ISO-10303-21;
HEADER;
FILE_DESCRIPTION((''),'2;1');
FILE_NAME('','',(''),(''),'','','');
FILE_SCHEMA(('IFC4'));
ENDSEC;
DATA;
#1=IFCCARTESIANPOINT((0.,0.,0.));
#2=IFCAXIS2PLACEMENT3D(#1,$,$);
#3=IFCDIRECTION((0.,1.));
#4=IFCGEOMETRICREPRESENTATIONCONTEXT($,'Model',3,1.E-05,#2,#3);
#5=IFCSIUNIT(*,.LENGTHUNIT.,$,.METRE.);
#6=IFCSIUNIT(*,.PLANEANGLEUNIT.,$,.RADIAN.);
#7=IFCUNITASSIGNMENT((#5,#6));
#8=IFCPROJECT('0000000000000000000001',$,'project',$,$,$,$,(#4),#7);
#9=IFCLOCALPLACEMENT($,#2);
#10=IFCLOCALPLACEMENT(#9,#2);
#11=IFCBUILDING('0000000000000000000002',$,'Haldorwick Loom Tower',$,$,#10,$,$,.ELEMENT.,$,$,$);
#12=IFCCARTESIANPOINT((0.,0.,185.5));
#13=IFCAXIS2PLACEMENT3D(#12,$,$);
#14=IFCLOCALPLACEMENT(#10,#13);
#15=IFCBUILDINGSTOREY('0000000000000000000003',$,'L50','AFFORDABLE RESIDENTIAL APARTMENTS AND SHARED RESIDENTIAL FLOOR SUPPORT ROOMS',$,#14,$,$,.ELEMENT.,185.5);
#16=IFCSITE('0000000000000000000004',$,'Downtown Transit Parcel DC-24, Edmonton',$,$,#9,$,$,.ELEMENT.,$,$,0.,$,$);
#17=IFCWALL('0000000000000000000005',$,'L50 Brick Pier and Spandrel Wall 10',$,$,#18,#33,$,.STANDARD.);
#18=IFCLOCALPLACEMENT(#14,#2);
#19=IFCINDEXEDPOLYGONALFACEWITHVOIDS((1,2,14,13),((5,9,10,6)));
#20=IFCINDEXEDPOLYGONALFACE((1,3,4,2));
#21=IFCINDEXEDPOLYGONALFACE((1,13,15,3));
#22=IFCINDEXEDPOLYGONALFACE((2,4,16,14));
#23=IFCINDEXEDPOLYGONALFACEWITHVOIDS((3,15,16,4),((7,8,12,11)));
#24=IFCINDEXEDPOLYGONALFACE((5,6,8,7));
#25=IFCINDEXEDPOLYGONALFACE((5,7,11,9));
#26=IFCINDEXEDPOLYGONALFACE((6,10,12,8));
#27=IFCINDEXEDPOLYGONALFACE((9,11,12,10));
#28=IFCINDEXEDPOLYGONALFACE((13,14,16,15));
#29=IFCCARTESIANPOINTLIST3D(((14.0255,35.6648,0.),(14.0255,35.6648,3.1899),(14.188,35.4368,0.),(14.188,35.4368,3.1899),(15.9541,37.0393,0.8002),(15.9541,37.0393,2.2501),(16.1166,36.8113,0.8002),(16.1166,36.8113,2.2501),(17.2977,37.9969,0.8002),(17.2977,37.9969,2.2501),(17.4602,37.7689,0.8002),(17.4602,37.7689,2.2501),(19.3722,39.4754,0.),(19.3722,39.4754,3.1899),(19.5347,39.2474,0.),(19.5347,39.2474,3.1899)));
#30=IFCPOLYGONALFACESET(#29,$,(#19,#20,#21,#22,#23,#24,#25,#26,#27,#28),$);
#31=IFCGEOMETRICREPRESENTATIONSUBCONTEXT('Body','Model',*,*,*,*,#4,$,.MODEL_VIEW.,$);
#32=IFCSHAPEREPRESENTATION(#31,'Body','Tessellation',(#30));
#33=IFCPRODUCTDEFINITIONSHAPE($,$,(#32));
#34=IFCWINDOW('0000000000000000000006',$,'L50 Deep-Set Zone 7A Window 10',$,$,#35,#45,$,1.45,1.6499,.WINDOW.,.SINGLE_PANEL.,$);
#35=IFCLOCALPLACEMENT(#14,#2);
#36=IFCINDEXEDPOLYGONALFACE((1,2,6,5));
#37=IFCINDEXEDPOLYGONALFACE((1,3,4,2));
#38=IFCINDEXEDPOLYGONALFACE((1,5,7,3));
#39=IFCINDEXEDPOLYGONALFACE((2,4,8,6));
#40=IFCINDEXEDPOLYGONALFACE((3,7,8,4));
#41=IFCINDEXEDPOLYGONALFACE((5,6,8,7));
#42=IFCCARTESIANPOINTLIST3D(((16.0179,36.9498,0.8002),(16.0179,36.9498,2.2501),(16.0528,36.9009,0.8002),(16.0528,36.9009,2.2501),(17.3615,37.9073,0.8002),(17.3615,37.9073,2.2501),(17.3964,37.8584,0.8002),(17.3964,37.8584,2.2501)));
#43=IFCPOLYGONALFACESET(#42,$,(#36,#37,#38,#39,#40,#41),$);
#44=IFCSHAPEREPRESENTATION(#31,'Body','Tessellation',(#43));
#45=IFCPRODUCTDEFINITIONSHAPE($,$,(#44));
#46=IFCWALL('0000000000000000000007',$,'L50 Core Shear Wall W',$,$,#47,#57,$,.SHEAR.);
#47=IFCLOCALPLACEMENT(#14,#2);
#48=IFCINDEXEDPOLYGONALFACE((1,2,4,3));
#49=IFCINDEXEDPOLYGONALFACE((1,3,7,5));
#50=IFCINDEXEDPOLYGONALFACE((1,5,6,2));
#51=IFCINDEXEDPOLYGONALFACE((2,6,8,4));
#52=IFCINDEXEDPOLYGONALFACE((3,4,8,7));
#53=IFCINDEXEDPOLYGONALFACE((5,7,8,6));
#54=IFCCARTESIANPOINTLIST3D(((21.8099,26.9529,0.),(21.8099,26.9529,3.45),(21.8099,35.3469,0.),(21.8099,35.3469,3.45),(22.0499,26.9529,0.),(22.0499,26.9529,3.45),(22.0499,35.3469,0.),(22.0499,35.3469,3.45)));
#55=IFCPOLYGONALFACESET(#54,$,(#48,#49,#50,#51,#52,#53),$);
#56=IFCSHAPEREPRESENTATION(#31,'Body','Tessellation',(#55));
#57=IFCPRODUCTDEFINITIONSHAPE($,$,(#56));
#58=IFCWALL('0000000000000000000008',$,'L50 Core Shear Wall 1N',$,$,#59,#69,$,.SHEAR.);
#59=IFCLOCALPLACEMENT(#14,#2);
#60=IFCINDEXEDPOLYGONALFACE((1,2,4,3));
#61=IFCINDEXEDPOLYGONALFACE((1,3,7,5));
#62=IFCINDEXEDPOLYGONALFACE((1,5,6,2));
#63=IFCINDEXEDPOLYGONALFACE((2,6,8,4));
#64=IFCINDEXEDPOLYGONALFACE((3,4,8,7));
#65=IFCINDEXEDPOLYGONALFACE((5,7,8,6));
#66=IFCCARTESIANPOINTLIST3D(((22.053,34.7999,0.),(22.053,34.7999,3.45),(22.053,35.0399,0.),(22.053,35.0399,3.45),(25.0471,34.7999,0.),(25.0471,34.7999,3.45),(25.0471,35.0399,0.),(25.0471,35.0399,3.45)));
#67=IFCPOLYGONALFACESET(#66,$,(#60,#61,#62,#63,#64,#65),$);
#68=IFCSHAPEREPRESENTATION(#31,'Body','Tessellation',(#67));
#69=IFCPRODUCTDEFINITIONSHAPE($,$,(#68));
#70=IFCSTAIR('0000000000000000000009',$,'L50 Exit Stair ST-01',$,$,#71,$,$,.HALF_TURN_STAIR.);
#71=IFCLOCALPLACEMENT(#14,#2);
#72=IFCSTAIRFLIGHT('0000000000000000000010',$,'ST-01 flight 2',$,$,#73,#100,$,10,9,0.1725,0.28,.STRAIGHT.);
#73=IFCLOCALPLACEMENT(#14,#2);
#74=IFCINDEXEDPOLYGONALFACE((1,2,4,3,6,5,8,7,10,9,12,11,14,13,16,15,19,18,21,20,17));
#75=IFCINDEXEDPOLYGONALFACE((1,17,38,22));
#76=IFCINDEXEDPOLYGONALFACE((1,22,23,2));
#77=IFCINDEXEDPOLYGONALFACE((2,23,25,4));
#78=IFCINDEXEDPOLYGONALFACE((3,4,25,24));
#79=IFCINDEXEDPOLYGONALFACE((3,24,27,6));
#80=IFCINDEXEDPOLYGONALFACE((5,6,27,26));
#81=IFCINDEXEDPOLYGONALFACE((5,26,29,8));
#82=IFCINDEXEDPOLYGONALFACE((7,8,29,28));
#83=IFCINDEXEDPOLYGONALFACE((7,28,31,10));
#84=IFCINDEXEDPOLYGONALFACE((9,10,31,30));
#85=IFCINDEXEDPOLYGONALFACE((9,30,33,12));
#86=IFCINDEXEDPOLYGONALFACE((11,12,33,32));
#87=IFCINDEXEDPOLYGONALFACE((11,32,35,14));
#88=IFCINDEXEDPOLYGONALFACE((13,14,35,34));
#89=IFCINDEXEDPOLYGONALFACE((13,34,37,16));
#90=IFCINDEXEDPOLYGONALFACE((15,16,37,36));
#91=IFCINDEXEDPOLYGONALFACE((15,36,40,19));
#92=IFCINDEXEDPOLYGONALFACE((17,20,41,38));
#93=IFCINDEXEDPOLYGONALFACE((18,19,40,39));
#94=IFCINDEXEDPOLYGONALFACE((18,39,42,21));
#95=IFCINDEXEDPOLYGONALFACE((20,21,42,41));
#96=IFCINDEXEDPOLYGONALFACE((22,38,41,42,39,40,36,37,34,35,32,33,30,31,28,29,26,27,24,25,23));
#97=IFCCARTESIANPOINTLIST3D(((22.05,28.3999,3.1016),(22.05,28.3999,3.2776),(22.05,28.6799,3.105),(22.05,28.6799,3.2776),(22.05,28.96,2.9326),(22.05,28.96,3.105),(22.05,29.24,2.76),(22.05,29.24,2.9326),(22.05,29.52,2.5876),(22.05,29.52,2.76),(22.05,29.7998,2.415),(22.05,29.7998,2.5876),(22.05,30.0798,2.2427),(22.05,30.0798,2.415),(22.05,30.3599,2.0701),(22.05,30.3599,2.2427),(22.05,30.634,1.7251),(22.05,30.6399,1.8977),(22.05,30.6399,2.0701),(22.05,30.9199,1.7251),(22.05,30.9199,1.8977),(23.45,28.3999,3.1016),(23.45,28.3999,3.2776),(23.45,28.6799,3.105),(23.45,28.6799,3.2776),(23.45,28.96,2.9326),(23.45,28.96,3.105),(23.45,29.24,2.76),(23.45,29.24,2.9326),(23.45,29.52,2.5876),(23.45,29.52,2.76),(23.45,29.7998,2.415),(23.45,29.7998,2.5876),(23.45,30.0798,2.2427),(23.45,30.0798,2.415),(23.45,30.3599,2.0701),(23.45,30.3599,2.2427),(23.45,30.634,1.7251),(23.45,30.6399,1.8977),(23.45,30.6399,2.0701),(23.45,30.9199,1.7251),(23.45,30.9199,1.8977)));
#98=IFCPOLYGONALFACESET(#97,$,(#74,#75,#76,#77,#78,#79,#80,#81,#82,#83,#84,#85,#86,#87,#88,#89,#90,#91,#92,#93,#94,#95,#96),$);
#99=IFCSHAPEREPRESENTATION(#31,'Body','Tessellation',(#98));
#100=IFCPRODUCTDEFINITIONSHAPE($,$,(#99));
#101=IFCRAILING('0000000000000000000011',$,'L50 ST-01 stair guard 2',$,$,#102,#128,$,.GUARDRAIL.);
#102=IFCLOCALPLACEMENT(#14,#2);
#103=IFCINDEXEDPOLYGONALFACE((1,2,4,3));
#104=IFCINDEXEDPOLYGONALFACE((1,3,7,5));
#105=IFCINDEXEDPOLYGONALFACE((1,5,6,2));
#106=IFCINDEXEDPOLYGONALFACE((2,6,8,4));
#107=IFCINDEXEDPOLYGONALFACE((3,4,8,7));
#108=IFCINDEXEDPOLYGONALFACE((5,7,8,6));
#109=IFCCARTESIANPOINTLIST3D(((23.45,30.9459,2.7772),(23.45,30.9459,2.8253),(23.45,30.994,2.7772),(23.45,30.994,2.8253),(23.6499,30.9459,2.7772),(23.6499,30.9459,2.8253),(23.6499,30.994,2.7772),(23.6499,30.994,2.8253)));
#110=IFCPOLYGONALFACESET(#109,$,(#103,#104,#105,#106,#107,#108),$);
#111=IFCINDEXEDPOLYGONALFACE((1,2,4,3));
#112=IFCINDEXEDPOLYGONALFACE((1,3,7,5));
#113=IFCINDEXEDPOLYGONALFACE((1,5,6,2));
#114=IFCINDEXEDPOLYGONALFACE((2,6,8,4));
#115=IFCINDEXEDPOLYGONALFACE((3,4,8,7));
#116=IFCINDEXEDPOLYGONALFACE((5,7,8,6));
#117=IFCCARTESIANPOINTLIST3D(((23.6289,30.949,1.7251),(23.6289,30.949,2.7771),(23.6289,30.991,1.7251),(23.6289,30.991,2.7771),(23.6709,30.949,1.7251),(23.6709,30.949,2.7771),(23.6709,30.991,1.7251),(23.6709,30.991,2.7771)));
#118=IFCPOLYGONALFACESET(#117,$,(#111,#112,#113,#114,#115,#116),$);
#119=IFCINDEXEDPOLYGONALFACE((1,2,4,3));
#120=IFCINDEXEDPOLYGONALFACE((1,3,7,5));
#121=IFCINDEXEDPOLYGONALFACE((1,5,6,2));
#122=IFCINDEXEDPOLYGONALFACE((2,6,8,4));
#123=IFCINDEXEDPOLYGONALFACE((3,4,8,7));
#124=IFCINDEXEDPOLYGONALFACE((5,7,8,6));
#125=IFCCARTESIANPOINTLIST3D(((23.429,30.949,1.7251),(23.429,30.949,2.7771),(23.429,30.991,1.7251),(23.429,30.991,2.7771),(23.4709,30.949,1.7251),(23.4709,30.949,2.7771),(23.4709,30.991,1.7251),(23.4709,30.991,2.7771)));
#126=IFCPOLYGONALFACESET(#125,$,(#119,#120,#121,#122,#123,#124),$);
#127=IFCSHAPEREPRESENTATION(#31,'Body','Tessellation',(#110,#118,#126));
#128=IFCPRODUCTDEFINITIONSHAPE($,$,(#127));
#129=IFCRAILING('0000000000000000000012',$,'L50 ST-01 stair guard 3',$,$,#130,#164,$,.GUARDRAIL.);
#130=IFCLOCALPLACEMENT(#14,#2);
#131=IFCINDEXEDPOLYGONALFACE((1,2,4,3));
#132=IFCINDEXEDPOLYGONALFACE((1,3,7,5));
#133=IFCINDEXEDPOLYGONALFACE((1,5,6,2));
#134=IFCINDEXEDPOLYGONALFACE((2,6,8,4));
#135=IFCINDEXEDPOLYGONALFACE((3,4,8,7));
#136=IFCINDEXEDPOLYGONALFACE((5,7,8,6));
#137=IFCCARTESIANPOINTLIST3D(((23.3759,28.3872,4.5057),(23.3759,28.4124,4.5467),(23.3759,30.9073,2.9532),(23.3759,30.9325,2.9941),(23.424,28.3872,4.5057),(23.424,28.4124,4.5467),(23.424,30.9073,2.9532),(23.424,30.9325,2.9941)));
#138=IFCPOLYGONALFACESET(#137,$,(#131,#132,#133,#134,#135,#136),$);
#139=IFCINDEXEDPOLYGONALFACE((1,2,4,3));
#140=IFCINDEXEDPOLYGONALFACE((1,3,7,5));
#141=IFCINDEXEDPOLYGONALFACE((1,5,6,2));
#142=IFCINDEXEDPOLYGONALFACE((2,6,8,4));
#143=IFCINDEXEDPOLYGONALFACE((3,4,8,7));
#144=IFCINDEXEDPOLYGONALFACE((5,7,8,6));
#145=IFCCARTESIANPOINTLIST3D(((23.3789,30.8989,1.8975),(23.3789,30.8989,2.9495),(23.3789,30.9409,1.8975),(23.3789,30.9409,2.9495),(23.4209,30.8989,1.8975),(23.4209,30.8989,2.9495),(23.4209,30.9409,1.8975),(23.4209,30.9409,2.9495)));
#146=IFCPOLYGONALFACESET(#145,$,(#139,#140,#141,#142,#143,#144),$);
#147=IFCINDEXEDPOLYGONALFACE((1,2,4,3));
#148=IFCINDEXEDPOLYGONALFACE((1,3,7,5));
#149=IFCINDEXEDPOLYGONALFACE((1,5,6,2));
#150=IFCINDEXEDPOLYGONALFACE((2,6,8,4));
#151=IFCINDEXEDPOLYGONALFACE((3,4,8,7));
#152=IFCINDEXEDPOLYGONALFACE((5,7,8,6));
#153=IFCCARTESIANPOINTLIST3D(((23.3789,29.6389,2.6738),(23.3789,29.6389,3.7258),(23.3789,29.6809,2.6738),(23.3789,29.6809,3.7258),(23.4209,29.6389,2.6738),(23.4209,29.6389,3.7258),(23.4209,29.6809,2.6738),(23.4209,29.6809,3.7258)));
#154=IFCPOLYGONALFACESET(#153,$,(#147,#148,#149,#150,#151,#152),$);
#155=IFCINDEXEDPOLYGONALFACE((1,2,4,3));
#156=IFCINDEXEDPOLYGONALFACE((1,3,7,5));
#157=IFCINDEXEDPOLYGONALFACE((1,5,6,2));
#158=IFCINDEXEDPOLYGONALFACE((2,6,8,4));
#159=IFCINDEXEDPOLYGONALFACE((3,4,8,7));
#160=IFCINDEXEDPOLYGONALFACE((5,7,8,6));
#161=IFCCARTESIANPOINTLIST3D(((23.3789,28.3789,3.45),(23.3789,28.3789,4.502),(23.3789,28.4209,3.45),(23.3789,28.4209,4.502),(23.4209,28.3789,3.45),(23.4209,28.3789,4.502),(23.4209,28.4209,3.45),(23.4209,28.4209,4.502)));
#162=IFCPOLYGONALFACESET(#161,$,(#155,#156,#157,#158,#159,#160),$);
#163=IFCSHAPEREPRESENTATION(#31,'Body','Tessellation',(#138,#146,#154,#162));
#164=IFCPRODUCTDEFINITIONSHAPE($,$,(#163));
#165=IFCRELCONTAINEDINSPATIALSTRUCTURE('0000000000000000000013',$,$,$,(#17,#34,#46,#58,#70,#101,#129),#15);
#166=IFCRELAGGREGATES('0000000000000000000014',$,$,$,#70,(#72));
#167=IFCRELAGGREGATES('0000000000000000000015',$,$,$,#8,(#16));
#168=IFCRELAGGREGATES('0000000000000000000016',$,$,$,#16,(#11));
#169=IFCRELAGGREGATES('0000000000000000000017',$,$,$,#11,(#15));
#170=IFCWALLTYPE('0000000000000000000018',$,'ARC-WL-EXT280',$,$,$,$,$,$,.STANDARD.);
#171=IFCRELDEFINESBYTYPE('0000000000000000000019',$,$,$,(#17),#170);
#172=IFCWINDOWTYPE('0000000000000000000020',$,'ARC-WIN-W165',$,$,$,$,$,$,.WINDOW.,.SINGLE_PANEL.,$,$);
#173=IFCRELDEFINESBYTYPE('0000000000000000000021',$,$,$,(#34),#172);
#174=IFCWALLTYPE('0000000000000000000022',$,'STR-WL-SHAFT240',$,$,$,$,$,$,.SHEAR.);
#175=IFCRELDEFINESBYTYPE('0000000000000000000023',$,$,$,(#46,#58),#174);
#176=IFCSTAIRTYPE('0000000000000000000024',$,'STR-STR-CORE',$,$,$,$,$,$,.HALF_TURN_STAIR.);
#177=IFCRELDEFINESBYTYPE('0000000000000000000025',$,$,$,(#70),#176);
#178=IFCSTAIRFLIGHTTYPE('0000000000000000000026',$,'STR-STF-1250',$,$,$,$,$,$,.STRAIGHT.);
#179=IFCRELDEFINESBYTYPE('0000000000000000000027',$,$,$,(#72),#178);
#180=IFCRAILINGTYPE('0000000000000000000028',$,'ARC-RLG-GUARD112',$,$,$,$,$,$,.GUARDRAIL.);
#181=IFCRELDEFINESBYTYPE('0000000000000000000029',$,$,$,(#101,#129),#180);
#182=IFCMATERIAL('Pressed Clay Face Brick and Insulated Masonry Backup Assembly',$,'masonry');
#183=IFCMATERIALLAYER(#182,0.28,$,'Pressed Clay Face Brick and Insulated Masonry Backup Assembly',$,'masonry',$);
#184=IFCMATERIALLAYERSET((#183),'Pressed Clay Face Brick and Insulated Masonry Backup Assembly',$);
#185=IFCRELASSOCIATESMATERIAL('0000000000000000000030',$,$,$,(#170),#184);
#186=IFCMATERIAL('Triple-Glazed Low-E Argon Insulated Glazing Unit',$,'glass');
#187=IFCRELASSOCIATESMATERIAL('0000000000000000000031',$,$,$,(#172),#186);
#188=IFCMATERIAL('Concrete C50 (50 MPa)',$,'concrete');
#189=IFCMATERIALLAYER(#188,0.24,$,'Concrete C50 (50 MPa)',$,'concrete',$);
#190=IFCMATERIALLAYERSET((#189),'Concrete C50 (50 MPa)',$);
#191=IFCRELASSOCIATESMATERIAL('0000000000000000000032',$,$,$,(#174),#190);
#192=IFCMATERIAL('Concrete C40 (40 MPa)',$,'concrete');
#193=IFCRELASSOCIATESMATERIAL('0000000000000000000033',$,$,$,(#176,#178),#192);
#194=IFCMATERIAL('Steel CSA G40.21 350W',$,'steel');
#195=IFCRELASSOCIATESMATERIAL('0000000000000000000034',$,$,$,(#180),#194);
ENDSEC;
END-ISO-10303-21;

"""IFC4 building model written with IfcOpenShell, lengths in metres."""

from ifc_helpers import new_model, si_unit, direction, frame, frame_2d, origin, origin_2d, place, context, subcontext, project, spatial, polyline, rectangle, outline, extrude, material, layer, layer_set, type_object, element, fill, aggregate, save


model = new_model("IFC4")

# Units and contexts
model_context = context("Model", 3, precision=1e-05, world=origin(), true_north=direction((0.0, 1.0)))
body_context = subcontext(model_context, "Body", "Model", "MODEL_VIEW")
ifc_project = project(units=[si_unit("LENGTHUNIT", "METRE"), si_unit("PLANEANGLEUNIT", "RADIAN")], contexts=[model_context])

# Site, building, storey
site_placement = place(None, origin())
site = spatial("IfcSite", under=ifc_project, at=site_placement, Name="Downtown Transit Parcel DC-24, Edmonton", CompositionType="ELEMENT", RefElevation=0.0)
building_placement = place(site_placement, origin())
building = spatial("IfcBuilding", under=site, at=building_placement, Name="Haldorwick Loom Tower", CompositionType="ELEMENT")
storey_placement = place(building_placement, frame((0.0, 0.0, 185.5)))
storey = spatial("IfcBuildingStorey", under=building, at=storey_placement, Name="L50", Description="AFFORDABLE RESIDENTIAL APARTMENTS AND SHARED RESIDENTIAL FLOOR SUPPORT ROOMS", CompositionType="ELEMENT", Elevation=185.5)

# Shared definitions
ifc_material_1 = material(Name="Steel CSA G40.21 350W", Category="steel")

# Shared definitions
ifc_material_2 = material(Name="Concrete C50 (50 MPa)", Category="concrete")

# Wall, opening, window
ifc_material_3 = material(Name="Pressed Clay Face Brick and Insulated Masonry Backup Assembly", Category="masonry")
ifc_layer_1 = layer(ifc_material_3, 0.28, Name="Pressed Clay Face Brick and Insulated Masonry Backup Assembly", Category="masonry")
ifc_layer_set_1 = layer_set([ifc_layer_1], Name="Pressed Clay Face Brick and Insulated Masonry Backup Assembly")
wall_type_1 = type_object("IfcWallType", Name="ARC-WL-EXT280", PredefinedType="STANDARD", material=ifc_layer_set_1)
wall_1_placement = place(storey_placement, frame((19.4534, 39.3613, 0.0), z_axis=(0.0, 0.0, 1.0), x_axis=(-0.814346, -0.58038, 0.0)))
wall_1 = element("IfcWall", 1, at=wall_1_placement, inside=storey, type_object=wall_type_1, Name="L50 Brick Pier and Spandrel Wall 10", PredefinedType="STANDARD", context=body_context, shape_type="SweptSolid", body=[
    extrude(rectangle(XDim=6.5657, YDim=0.28, at=frame_2d((3.2827, 0.0))), origin(), (0.0, 0.0, 1.0), 3.1899),
])
opening_placement = place(wall_1_placement, frame((2.5474, 0.0, 0.8)))
opening = element("IfcOpeningElement", 2, at=opening_placement, cuts=wall_1, PredefinedType="OPENING", context=body_context, shape_type="SweptSolid", body=[
    extrude(rectangle(XDim=1.6499, YDim=1.45, at=frame_2d((0.825, 0.7251))), frame((0.0, 0.1499, 0.0), z_axis=(0.0, -1.0, 0.0), x_axis=(1.0, 0.0, 0.0)), (0.0, 0.0, 1.0), 0.3),
])
ifc_material_4 = material(Name="Triple-Glazed Low-E Argon Insulated Glazing Unit", Category="glass")
window_type = type_object("IfcWindowType", Name="ARC-WIN-W165", PartitioningType="SINGLE_PANEL", PredefinedType="WINDOW", material=ifc_material_4)
window_placement = place(opening_placement, origin())
window = element("IfcWindow", 3, at=window_placement, inside=storey, type_object=window_type, Name="L50 Deep-Set Zone 7A Window 10", OverallHeight=1.45, OverallWidth=1.6499, PartitioningType="SINGLE_PANEL", PredefinedType="WINDOW", context=body_context, shape_type="SweptSolid", body=[
    extrude(rectangle(XDim=1.6499, YDim=1.45, at=frame_2d((0.825, 0.7251))), frame((0.0, 0.03, 0.0), z_axis=(0.0, -1.0, 0.0), x_axis=(1.0, 0.0, 0.0)), (0.0, 0.0, 1.0), 0.0601),
])
fill(opening, window)

# Walls
ifc_layer_2 = layer(ifc_material_2, 0.24, Name="Concrete C50 (50 MPa)", Category="concrete")
ifc_layer_set_2 = layer_set([ifc_layer_2], Name="Concrete C50 (50 MPa)")
wall_type_2 = type_object("IfcWallType", Name="STR-WL-SHAFT240", PredefinedType="SHEAR", material=ifc_layer_set_2)
wall_2_placement = place(storey_placement, frame((21.9299, 35.3469, 0.0), z_axis=(0.0, 0.0, 1.0), x_axis=(0.0, -1.0, 0.0)))
element("IfcWall", 4, at=wall_2_placement, inside=storey, type_object=wall_type_2, Name="L50 Core Shear Wall W", PredefinedType="SHEAR", context=body_context, shape_type="SweptSolid", body=[
    extrude(rectangle(XDim=8.394, YDim=0.24, at=frame_2d((4.197, 0.0))), origin(), (0.0, 0.0, 1.0), 3.45),
])
wall_3_placement = place(storey_placement, frame((22.053, 34.9199, 0.0), z_axis=(0.0, 0.0, 1.0), x_axis=(1.0, 0.0, 0.0)))
element("IfcWall", 5, at=wall_3_placement, inside=storey, type_object=wall_type_2, Name="L50 Core Shear Wall 1N", PredefinedType="SHEAR", context=body_context, shape_type="SweptSolid", body=[
    extrude(rectangle(XDim=2.9941, YDim=0.24, at=frame_2d((1.4971, 0.0))), origin(), (0.0, 0.0, 1.0), 3.45),
])

# Stair, stair flight
ifc_material_5 = material(Name="Concrete C40 (40 MPa)", Category="concrete")
stair_type = type_object("IfcStairType", Name="STR-STR-CORE", PredefinedType="HALF_TURN_STAIR", material=ifc_material_5)
stair_placement = place(storey_placement, origin())
stair = element("IfcStair", 6, at=stair_placement, inside=storey, type_object=stair_type, Name="L50 Exit Stair ST-01", PredefinedType="HALF_TURN_STAIR")
stair_flight_type = type_object("IfcStairFlightType", Name="STR-STF-1250", PredefinedType="STRAIGHT", material=ifc_material_5)
stair_flight_placement = place(storey_placement, frame((22.75, 30.9199, 1.7251), z_axis=(0.0, 0.0, 1.0), x_axis=(0.0, -1.0, 0.0)))
stair_flight = element("IfcStairFlight", 7, at=stair_flight_placement, type_object=stair_flight_type, Name="ST-01 flight 2", NumberOfRisers=10, NumberOfTreads=9, PredefinedType="STRAIGHT", RiserHeight=0.1725, TreadLength=0.28, context=body_context, shape_type="SweptSolid", body=[
    extrude(outline(polyline([(0.0, 0.0), (0.0, 0.1726), (0.28, 0.1726), (0.28, 0.345), (0.5601, 0.345), (0.5601, 0.5176), (0.8401, 0.5176), (0.8401, 0.6899), (1.1201, 0.6899), (1.1201, 0.8625), (1.3999, 0.8625), (1.3999, 1.0349), (1.6799, 1.0349), (1.6799, 1.2075), (1.96, 1.2075), (1.96, 1.3799), (2.24, 1.3799), (2.24, 1.5525), (2.52, 1.5525), (2.52, 1.7251), (2.52, 1.3765), (0.2859, 0.0), (0.0, 0.0)])), frame((0.0, 0.7, 0.0), z_axis=(0.0, -1.0, 0.0), x_axis=(1.0, 0.0, 0.0)), (0.0, 0.0, 1.0), 1.3999),
])
aggregate(stair, [stair_flight])

# Railings
railing_type_1 = type_object("IfcRailingType", Name="ARC-RLG-GUARD112", PredefinedType="GUARDRAIL", material=ifc_material_1)
railing_1_placement = place(storey_placement, frame((23.6499, 30.97, 1.7251)))
element("IfcRailing", 8, at=railing_1_placement, inside=storey, type_object=railing_type_1, Name="L50 ST-01 stair guard 2", PredefinedType="GUARDRAIL", context=body_context, shape_type="SweptSolid", body=[
    extrude(rectangle(XDim=0.0481, YDim=0.0481, at=origin_2d()), frame((0.0, 0.0, 1.0762), z_axis=(-1.0, 0.0, 0.0), x_axis=(0.0, -1.0, 0.0)), (0.0, 0.0, 1.0), 0.2),
    extrude(rectangle(XDim=0.042, YDim=0.042, at=origin_2d()), origin(), (0.0, 0.0, 1.0), 1.052),
    extrude(rectangle(XDim=0.042, YDim=0.042, at=origin_2d()), frame((-0.2, 0.0, 0.0)), (0.0, 0.0, 1.0), 1.052),
])
railing_2_placement = place(storey_placement, frame((23.3999, 30.9199, 1.8975)))
element("IfcRailing", 9, at=railing_2_placement, inside=storey, type_object=railing_type_1, Name="L50 ST-01 stair guard 3", PredefinedType="GUARDRAIL", context=body_context, shape_type="SweptSolid", body=[
    extrude(rectangle(XDim=0.0481, YDim=0.0481, at=origin_2d()), frame((0.0, 0.0, 1.0762), z_axis=(0.0, -0.8514, 0.524516), x_axis=(1.0, 0.0, 0.0)), (0.0, 0.0, 1.0), 2.96),
    extrude(rectangle(XDim=0.042, YDim=0.042, at=origin_2d()), origin(), (0.0, 0.0, 1.0), 1.052),
    extrude(rectangle(XDim=0.042, YDim=0.042, at=origin_2d()), frame((0.0, -1.26, 0.7764)), (0.0, 0.0, 1.0), 1.052),
    extrude(rectangle(XDim=0.042, YDim=0.042, at=origin_2d()), frame((0.0, -2.52, 1.5525)), (0.0, 0.0, 1.0), 1.052),
])

save(model, "model.ifc")
